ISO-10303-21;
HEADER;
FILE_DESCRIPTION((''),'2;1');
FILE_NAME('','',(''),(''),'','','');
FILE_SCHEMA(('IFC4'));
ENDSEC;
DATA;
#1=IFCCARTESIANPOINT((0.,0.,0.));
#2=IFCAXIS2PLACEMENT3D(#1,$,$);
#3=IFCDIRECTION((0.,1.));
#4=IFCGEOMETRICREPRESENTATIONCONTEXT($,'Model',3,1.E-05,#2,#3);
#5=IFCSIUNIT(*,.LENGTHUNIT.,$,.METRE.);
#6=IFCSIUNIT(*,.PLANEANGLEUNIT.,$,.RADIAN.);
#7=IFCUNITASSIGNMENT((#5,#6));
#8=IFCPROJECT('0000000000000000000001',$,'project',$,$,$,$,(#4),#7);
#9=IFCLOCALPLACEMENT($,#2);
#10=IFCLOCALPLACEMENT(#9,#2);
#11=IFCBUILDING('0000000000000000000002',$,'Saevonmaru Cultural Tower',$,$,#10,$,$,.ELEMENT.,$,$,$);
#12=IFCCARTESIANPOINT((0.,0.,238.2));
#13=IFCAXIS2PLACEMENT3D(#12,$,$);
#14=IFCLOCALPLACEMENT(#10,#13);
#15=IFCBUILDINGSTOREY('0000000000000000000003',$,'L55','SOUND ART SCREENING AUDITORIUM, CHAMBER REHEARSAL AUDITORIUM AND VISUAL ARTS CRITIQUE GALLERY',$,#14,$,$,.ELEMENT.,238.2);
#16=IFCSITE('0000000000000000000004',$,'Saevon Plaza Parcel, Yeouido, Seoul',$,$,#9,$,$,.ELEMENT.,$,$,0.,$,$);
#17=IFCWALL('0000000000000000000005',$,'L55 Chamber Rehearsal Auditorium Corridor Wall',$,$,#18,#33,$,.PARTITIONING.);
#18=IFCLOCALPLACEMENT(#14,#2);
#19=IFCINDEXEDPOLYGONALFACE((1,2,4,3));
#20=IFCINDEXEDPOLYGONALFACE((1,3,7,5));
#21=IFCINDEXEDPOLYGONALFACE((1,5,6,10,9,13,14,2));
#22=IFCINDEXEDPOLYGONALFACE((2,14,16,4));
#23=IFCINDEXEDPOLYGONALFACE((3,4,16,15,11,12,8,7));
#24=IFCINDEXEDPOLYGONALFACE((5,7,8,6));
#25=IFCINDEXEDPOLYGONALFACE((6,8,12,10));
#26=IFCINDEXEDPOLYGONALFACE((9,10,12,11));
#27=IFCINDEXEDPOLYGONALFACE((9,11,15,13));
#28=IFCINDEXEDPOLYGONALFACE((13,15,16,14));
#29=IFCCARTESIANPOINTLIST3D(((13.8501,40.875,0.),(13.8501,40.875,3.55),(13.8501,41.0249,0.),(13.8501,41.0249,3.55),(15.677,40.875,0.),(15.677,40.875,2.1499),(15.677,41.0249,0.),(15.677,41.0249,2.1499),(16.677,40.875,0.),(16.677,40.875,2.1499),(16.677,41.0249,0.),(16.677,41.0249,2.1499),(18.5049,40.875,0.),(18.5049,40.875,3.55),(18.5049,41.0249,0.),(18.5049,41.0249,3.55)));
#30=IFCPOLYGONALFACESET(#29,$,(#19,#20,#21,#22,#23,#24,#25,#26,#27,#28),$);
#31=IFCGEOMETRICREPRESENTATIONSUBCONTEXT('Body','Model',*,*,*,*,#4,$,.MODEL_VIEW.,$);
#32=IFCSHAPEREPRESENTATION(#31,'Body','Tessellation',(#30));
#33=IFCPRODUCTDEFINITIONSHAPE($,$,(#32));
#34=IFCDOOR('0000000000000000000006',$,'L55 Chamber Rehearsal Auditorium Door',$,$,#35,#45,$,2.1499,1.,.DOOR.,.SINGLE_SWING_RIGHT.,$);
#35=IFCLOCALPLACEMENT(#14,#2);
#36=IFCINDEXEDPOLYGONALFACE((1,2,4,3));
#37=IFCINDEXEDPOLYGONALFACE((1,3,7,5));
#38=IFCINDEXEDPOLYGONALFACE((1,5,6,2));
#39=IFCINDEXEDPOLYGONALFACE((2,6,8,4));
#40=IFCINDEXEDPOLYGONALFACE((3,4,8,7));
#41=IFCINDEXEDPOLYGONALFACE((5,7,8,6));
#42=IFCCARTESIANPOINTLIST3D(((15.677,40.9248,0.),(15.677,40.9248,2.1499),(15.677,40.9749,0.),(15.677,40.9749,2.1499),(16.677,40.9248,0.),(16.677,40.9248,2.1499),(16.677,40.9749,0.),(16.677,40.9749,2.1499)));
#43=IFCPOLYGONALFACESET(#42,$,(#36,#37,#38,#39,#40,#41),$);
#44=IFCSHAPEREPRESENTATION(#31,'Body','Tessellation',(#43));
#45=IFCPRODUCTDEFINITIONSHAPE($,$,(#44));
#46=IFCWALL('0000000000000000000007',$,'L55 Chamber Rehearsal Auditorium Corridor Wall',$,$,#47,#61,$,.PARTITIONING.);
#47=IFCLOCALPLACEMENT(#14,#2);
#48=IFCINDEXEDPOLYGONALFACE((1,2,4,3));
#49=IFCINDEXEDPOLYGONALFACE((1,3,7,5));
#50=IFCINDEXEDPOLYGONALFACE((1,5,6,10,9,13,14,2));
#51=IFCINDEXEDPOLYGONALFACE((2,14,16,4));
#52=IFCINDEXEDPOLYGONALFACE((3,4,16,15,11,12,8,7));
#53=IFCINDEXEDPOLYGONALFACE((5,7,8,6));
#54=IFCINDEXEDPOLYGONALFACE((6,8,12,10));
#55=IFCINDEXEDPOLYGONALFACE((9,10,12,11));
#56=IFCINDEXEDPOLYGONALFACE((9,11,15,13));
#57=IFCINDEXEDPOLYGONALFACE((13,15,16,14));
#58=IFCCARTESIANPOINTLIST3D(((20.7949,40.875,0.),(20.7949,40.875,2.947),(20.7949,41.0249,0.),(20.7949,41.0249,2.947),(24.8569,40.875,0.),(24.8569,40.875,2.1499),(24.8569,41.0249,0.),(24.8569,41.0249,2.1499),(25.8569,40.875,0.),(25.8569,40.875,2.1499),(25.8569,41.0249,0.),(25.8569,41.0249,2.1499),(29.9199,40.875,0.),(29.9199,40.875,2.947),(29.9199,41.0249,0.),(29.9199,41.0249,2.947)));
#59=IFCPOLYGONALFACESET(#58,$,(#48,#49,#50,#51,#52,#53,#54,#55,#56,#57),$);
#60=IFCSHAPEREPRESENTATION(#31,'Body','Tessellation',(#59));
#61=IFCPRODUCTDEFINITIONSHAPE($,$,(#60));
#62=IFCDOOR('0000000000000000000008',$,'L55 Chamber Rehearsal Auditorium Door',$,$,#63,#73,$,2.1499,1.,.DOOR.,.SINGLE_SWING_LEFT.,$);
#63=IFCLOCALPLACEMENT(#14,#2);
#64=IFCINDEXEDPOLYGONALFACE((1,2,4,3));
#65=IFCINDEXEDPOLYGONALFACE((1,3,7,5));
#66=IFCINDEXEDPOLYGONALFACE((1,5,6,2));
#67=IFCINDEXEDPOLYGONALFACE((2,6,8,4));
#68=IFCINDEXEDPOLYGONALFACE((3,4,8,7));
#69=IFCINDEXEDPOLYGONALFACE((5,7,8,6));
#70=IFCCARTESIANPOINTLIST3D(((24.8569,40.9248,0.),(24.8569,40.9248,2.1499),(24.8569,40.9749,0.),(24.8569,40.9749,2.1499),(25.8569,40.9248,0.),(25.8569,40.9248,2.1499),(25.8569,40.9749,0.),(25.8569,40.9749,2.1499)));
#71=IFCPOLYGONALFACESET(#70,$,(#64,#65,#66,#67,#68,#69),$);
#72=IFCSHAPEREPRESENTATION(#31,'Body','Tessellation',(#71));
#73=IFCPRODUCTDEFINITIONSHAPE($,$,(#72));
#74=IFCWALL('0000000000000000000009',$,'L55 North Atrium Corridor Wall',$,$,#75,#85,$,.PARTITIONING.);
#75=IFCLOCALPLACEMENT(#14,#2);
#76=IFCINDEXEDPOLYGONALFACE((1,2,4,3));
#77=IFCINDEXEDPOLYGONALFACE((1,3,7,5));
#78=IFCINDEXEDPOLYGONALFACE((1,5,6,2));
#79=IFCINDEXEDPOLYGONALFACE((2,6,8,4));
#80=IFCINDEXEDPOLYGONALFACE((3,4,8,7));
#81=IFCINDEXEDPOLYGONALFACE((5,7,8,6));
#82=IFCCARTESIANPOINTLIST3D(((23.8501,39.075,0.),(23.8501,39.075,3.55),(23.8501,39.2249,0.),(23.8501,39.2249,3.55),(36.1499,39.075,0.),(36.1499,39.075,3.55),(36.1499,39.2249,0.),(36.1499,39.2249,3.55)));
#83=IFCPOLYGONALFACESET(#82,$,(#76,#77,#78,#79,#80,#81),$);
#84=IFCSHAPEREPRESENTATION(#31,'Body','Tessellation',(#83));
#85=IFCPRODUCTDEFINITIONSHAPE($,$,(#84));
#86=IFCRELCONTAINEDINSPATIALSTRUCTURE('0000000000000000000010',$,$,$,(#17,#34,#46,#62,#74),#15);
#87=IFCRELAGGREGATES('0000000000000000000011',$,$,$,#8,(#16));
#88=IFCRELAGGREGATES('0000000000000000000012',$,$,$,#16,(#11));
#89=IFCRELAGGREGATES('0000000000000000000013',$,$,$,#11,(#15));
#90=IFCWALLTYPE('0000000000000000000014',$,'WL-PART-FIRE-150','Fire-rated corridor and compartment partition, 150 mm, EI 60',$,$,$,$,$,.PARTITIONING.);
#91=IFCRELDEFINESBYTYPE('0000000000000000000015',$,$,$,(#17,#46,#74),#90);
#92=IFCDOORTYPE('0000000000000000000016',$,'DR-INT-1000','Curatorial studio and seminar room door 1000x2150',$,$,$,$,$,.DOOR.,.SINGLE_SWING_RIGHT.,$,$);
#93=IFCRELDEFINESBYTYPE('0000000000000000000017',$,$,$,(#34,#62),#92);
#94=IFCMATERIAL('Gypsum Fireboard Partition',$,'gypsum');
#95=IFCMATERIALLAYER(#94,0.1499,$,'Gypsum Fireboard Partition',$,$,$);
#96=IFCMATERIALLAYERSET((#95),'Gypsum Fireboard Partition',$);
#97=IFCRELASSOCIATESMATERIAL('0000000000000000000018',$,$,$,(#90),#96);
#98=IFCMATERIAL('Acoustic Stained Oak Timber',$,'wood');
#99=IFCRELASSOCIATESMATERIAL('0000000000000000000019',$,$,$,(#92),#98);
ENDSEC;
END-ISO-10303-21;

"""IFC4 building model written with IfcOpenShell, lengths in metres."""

from ifc_helpers import new_model, si_unit, direction, frame, frame_2d, origin, place, context, subcontext, project, spatial, rectangle, extrude, material, layer, layer_set, type_object, element, fill, save


model = new_model("IFC4")

# Units and contexts
model_context = context("Model", 3, precision=1e-05, world=origin(), true_north=direction((0.0, 1.0)))
body_context = subcontext(model_context, "Body", "Model", "MODEL_VIEW")
ifc_project = project(units=[si_unit("LENGTHUNIT", "METRE"), si_unit("PLANEANGLEUNIT", "RADIAN")], contexts=[model_context])

# Site, building, storey
site_placement = place(None, origin())
site = spatial("IfcSite", under=ifc_project, at=site_placement, Name="Saevon Plaza Parcel, Yeouido, Seoul", CompositionType="ELEMENT", RefElevation=0.0)
building_placement = place(site_placement, origin())
building = spatial("IfcBuilding", under=site, at=building_placement, Name="Saevonmaru Cultural Tower", CompositionType="ELEMENT")
storey_placement = place(building_placement, frame((0.0, 0.0, 238.2)))
storey = spatial("IfcBuildingStorey", under=building, at=storey_placement, Name="L55", Description="SOUND ART SCREENING AUDITORIUM, CHAMBER REHEARSAL AUDITORIUM AND VISUAL ARTS CRITIQUE GALLERY", CompositionType="ELEMENT", Elevation=238.2)

# Shared definitions
ifc_material_1 = material(Name="Gypsum Fireboard Partition", Category="gypsum")
ifc_layer_1 = layer(ifc_material_1, 0.1499, Name="Gypsum Fireboard Partition")
ifc_layer_set_1 = layer_set([ifc_layer_1], Name="Gypsum Fireboard Partition")
wall_type = type_object("IfcWallType", Name="WL-PART-FIRE-150", Description="Fire-rated corridor and compartment partition, 150 mm, EI 60", PredefinedType="PARTITIONING", material=ifc_layer_set_1)
ifc_material_2 = material(Name="Acoustic Stained Oak Timber", Category="wood")
door_type = type_object("IfcDoorType", Name="DR-INT-1000", Description="Curatorial studio and seminar room door 1000x2150", OperationType="SINGLE_SWING_RIGHT", PredefinedType="DOOR", material=ifc_material_2)

# Walls, openings, doors
wall_1_placement = place(storey_placement, frame((13.8501, 40.95, 0.0), z_axis=(0.0, 0.0, 1.0), x_axis=(1.0, 0.0, 0.0)))
wall_1 = element("IfcWall", 1, at=wall_1_placement, inside=storey, type_object=wall_type, Name="L55 Chamber Rehearsal Auditorium Corridor Wall", PredefinedType="PARTITIONING", context=body_context, shape_type="SweptSolid", body=[
    extrude(rectangle(XDim=4.6548, YDim=0.1499, at=frame_2d((2.3274, 0.0))), origin(), (0.0, 0.0, 1.0), 3.55),
])
opening_1_placement = place(wall_1_placement, frame((1.8269, 0.0, 0.0)))
opening_1 = element("IfcOpeningElement", 2, at=opening_1_placement, cuts=wall_1, PredefinedType="OPENING", context=body_context, shape_type="SweptSolid", body=[
    extrude(rectangle(XDim=1.0, YDim=2.1499, at=frame_2d((0.5, 1.075))), frame((0.0, 0.085, 0.0), z_axis=(0.0, -1.0, 0.0), x_axis=(1.0, 0.0, 0.0)), (0.0, 0.0, 1.0), 0.1699),
])
door_1_placement = place(opening_1_placement, origin())
door_1 = element("IfcDoor", 3, at=door_1_placement, inside=storey, type_object=door_type, Name="L55 Chamber Rehearsal Auditorium Door", OperationType="SINGLE_SWING_RIGHT", OverallHeight=2.1499, OverallWidth=1.0, PredefinedType="DOOR", context=body_context, shape_type="SweptSolid", body=[
    extrude(rectangle(XDim=1.0, YDim=2.1499, at=frame_2d((0.5, 1.075))), frame((0.0, 0.0249, 0.0), z_axis=(0.0, -1.0, 0.0), x_axis=(1.0, 0.0, 0.0)), (0.0, 0.0, 1.0), 0.05),
])
fill(opening_1, door_1)
wall_2_placement = place(storey_placement, frame((20.7949, 40.95, 0.0), z_axis=(0.0, 0.0, 1.0), x_axis=(1.0, 0.0, 0.0)))
wall_2 = element("IfcWall", 4, at=wall_2_placement, inside=storey, type_object=wall_type, Name="L55 Chamber Rehearsal Auditorium Corridor Wall", PredefinedType="PARTITIONING", context=body_context, shape_type="SweptSolid", body=[
    extrude(rectangle(XDim=9.125, YDim=0.1499, at=frame_2d((4.5625, 0.0))), origin(), (0.0, 0.0, 1.0), 2.947),
])
opening_2_placement = place(wall_2_placement, frame((4.062, 0.0, 0.0)))
opening_2 = element("IfcOpeningElement", 5, at=opening_2_placement, cuts=wall_2, PredefinedType="OPENING", context=body_context, shape_type="SweptSolid", body=[
    extrude(rectangle(XDim=1.0, YDim=2.1499, at=frame_2d((0.5, 1.075))), frame((0.0, 0.085, 0.0), z_axis=(0.0, -1.0, 0.0), x_axis=(1.0, 0.0, 0.0)), (0.0, 0.0, 1.0), 0.1699),
])
door_2_placement = place(opening_2_placement, origin())
door_2 = element("IfcDoor", 6, at=door_2_placement, inside=storey, type_object=door_type, Name="L55 Chamber Rehearsal Auditorium Door", OperationType="SINGLE_SWING_LEFT", OverallHeight=2.1499, OverallWidth=1.0, PredefinedType="DOOR", context=body_context, shape_type="SweptSolid", body=[
    extrude(rectangle(XDim=1.0, YDim=2.1499, at=frame_2d((0.5, 1.075))), frame((0.0, 0.0249, 0.0), z_axis=(0.0, -1.0, 0.0), x_axis=(1.0, 0.0, 0.0)), (0.0, 0.0, 1.0), 0.05),
])
fill(opening_2, door_2)

# Wall
wall_3_placement = place(storey_placement, frame((23.8501, 39.1499, 0.0), z_axis=(0.0, 0.0, 1.0), x_axis=(1.0, 0.0, 0.0)))
element("IfcWall", 7, at=wall_3_placement, inside=storey, type_object=wall_type, Name="L55 North Atrium Corridor Wall", PredefinedType="PARTITIONING", context=body_context, shape_type="SweptSolid", body=[
    extrude(rectangle(XDim=12.2998, YDim=0.1499, at=frame_2d((6.1499, 0.0))), origin(), (0.0, 0.0, 1.0), 3.55),
])

save(model, "model.ifc")
